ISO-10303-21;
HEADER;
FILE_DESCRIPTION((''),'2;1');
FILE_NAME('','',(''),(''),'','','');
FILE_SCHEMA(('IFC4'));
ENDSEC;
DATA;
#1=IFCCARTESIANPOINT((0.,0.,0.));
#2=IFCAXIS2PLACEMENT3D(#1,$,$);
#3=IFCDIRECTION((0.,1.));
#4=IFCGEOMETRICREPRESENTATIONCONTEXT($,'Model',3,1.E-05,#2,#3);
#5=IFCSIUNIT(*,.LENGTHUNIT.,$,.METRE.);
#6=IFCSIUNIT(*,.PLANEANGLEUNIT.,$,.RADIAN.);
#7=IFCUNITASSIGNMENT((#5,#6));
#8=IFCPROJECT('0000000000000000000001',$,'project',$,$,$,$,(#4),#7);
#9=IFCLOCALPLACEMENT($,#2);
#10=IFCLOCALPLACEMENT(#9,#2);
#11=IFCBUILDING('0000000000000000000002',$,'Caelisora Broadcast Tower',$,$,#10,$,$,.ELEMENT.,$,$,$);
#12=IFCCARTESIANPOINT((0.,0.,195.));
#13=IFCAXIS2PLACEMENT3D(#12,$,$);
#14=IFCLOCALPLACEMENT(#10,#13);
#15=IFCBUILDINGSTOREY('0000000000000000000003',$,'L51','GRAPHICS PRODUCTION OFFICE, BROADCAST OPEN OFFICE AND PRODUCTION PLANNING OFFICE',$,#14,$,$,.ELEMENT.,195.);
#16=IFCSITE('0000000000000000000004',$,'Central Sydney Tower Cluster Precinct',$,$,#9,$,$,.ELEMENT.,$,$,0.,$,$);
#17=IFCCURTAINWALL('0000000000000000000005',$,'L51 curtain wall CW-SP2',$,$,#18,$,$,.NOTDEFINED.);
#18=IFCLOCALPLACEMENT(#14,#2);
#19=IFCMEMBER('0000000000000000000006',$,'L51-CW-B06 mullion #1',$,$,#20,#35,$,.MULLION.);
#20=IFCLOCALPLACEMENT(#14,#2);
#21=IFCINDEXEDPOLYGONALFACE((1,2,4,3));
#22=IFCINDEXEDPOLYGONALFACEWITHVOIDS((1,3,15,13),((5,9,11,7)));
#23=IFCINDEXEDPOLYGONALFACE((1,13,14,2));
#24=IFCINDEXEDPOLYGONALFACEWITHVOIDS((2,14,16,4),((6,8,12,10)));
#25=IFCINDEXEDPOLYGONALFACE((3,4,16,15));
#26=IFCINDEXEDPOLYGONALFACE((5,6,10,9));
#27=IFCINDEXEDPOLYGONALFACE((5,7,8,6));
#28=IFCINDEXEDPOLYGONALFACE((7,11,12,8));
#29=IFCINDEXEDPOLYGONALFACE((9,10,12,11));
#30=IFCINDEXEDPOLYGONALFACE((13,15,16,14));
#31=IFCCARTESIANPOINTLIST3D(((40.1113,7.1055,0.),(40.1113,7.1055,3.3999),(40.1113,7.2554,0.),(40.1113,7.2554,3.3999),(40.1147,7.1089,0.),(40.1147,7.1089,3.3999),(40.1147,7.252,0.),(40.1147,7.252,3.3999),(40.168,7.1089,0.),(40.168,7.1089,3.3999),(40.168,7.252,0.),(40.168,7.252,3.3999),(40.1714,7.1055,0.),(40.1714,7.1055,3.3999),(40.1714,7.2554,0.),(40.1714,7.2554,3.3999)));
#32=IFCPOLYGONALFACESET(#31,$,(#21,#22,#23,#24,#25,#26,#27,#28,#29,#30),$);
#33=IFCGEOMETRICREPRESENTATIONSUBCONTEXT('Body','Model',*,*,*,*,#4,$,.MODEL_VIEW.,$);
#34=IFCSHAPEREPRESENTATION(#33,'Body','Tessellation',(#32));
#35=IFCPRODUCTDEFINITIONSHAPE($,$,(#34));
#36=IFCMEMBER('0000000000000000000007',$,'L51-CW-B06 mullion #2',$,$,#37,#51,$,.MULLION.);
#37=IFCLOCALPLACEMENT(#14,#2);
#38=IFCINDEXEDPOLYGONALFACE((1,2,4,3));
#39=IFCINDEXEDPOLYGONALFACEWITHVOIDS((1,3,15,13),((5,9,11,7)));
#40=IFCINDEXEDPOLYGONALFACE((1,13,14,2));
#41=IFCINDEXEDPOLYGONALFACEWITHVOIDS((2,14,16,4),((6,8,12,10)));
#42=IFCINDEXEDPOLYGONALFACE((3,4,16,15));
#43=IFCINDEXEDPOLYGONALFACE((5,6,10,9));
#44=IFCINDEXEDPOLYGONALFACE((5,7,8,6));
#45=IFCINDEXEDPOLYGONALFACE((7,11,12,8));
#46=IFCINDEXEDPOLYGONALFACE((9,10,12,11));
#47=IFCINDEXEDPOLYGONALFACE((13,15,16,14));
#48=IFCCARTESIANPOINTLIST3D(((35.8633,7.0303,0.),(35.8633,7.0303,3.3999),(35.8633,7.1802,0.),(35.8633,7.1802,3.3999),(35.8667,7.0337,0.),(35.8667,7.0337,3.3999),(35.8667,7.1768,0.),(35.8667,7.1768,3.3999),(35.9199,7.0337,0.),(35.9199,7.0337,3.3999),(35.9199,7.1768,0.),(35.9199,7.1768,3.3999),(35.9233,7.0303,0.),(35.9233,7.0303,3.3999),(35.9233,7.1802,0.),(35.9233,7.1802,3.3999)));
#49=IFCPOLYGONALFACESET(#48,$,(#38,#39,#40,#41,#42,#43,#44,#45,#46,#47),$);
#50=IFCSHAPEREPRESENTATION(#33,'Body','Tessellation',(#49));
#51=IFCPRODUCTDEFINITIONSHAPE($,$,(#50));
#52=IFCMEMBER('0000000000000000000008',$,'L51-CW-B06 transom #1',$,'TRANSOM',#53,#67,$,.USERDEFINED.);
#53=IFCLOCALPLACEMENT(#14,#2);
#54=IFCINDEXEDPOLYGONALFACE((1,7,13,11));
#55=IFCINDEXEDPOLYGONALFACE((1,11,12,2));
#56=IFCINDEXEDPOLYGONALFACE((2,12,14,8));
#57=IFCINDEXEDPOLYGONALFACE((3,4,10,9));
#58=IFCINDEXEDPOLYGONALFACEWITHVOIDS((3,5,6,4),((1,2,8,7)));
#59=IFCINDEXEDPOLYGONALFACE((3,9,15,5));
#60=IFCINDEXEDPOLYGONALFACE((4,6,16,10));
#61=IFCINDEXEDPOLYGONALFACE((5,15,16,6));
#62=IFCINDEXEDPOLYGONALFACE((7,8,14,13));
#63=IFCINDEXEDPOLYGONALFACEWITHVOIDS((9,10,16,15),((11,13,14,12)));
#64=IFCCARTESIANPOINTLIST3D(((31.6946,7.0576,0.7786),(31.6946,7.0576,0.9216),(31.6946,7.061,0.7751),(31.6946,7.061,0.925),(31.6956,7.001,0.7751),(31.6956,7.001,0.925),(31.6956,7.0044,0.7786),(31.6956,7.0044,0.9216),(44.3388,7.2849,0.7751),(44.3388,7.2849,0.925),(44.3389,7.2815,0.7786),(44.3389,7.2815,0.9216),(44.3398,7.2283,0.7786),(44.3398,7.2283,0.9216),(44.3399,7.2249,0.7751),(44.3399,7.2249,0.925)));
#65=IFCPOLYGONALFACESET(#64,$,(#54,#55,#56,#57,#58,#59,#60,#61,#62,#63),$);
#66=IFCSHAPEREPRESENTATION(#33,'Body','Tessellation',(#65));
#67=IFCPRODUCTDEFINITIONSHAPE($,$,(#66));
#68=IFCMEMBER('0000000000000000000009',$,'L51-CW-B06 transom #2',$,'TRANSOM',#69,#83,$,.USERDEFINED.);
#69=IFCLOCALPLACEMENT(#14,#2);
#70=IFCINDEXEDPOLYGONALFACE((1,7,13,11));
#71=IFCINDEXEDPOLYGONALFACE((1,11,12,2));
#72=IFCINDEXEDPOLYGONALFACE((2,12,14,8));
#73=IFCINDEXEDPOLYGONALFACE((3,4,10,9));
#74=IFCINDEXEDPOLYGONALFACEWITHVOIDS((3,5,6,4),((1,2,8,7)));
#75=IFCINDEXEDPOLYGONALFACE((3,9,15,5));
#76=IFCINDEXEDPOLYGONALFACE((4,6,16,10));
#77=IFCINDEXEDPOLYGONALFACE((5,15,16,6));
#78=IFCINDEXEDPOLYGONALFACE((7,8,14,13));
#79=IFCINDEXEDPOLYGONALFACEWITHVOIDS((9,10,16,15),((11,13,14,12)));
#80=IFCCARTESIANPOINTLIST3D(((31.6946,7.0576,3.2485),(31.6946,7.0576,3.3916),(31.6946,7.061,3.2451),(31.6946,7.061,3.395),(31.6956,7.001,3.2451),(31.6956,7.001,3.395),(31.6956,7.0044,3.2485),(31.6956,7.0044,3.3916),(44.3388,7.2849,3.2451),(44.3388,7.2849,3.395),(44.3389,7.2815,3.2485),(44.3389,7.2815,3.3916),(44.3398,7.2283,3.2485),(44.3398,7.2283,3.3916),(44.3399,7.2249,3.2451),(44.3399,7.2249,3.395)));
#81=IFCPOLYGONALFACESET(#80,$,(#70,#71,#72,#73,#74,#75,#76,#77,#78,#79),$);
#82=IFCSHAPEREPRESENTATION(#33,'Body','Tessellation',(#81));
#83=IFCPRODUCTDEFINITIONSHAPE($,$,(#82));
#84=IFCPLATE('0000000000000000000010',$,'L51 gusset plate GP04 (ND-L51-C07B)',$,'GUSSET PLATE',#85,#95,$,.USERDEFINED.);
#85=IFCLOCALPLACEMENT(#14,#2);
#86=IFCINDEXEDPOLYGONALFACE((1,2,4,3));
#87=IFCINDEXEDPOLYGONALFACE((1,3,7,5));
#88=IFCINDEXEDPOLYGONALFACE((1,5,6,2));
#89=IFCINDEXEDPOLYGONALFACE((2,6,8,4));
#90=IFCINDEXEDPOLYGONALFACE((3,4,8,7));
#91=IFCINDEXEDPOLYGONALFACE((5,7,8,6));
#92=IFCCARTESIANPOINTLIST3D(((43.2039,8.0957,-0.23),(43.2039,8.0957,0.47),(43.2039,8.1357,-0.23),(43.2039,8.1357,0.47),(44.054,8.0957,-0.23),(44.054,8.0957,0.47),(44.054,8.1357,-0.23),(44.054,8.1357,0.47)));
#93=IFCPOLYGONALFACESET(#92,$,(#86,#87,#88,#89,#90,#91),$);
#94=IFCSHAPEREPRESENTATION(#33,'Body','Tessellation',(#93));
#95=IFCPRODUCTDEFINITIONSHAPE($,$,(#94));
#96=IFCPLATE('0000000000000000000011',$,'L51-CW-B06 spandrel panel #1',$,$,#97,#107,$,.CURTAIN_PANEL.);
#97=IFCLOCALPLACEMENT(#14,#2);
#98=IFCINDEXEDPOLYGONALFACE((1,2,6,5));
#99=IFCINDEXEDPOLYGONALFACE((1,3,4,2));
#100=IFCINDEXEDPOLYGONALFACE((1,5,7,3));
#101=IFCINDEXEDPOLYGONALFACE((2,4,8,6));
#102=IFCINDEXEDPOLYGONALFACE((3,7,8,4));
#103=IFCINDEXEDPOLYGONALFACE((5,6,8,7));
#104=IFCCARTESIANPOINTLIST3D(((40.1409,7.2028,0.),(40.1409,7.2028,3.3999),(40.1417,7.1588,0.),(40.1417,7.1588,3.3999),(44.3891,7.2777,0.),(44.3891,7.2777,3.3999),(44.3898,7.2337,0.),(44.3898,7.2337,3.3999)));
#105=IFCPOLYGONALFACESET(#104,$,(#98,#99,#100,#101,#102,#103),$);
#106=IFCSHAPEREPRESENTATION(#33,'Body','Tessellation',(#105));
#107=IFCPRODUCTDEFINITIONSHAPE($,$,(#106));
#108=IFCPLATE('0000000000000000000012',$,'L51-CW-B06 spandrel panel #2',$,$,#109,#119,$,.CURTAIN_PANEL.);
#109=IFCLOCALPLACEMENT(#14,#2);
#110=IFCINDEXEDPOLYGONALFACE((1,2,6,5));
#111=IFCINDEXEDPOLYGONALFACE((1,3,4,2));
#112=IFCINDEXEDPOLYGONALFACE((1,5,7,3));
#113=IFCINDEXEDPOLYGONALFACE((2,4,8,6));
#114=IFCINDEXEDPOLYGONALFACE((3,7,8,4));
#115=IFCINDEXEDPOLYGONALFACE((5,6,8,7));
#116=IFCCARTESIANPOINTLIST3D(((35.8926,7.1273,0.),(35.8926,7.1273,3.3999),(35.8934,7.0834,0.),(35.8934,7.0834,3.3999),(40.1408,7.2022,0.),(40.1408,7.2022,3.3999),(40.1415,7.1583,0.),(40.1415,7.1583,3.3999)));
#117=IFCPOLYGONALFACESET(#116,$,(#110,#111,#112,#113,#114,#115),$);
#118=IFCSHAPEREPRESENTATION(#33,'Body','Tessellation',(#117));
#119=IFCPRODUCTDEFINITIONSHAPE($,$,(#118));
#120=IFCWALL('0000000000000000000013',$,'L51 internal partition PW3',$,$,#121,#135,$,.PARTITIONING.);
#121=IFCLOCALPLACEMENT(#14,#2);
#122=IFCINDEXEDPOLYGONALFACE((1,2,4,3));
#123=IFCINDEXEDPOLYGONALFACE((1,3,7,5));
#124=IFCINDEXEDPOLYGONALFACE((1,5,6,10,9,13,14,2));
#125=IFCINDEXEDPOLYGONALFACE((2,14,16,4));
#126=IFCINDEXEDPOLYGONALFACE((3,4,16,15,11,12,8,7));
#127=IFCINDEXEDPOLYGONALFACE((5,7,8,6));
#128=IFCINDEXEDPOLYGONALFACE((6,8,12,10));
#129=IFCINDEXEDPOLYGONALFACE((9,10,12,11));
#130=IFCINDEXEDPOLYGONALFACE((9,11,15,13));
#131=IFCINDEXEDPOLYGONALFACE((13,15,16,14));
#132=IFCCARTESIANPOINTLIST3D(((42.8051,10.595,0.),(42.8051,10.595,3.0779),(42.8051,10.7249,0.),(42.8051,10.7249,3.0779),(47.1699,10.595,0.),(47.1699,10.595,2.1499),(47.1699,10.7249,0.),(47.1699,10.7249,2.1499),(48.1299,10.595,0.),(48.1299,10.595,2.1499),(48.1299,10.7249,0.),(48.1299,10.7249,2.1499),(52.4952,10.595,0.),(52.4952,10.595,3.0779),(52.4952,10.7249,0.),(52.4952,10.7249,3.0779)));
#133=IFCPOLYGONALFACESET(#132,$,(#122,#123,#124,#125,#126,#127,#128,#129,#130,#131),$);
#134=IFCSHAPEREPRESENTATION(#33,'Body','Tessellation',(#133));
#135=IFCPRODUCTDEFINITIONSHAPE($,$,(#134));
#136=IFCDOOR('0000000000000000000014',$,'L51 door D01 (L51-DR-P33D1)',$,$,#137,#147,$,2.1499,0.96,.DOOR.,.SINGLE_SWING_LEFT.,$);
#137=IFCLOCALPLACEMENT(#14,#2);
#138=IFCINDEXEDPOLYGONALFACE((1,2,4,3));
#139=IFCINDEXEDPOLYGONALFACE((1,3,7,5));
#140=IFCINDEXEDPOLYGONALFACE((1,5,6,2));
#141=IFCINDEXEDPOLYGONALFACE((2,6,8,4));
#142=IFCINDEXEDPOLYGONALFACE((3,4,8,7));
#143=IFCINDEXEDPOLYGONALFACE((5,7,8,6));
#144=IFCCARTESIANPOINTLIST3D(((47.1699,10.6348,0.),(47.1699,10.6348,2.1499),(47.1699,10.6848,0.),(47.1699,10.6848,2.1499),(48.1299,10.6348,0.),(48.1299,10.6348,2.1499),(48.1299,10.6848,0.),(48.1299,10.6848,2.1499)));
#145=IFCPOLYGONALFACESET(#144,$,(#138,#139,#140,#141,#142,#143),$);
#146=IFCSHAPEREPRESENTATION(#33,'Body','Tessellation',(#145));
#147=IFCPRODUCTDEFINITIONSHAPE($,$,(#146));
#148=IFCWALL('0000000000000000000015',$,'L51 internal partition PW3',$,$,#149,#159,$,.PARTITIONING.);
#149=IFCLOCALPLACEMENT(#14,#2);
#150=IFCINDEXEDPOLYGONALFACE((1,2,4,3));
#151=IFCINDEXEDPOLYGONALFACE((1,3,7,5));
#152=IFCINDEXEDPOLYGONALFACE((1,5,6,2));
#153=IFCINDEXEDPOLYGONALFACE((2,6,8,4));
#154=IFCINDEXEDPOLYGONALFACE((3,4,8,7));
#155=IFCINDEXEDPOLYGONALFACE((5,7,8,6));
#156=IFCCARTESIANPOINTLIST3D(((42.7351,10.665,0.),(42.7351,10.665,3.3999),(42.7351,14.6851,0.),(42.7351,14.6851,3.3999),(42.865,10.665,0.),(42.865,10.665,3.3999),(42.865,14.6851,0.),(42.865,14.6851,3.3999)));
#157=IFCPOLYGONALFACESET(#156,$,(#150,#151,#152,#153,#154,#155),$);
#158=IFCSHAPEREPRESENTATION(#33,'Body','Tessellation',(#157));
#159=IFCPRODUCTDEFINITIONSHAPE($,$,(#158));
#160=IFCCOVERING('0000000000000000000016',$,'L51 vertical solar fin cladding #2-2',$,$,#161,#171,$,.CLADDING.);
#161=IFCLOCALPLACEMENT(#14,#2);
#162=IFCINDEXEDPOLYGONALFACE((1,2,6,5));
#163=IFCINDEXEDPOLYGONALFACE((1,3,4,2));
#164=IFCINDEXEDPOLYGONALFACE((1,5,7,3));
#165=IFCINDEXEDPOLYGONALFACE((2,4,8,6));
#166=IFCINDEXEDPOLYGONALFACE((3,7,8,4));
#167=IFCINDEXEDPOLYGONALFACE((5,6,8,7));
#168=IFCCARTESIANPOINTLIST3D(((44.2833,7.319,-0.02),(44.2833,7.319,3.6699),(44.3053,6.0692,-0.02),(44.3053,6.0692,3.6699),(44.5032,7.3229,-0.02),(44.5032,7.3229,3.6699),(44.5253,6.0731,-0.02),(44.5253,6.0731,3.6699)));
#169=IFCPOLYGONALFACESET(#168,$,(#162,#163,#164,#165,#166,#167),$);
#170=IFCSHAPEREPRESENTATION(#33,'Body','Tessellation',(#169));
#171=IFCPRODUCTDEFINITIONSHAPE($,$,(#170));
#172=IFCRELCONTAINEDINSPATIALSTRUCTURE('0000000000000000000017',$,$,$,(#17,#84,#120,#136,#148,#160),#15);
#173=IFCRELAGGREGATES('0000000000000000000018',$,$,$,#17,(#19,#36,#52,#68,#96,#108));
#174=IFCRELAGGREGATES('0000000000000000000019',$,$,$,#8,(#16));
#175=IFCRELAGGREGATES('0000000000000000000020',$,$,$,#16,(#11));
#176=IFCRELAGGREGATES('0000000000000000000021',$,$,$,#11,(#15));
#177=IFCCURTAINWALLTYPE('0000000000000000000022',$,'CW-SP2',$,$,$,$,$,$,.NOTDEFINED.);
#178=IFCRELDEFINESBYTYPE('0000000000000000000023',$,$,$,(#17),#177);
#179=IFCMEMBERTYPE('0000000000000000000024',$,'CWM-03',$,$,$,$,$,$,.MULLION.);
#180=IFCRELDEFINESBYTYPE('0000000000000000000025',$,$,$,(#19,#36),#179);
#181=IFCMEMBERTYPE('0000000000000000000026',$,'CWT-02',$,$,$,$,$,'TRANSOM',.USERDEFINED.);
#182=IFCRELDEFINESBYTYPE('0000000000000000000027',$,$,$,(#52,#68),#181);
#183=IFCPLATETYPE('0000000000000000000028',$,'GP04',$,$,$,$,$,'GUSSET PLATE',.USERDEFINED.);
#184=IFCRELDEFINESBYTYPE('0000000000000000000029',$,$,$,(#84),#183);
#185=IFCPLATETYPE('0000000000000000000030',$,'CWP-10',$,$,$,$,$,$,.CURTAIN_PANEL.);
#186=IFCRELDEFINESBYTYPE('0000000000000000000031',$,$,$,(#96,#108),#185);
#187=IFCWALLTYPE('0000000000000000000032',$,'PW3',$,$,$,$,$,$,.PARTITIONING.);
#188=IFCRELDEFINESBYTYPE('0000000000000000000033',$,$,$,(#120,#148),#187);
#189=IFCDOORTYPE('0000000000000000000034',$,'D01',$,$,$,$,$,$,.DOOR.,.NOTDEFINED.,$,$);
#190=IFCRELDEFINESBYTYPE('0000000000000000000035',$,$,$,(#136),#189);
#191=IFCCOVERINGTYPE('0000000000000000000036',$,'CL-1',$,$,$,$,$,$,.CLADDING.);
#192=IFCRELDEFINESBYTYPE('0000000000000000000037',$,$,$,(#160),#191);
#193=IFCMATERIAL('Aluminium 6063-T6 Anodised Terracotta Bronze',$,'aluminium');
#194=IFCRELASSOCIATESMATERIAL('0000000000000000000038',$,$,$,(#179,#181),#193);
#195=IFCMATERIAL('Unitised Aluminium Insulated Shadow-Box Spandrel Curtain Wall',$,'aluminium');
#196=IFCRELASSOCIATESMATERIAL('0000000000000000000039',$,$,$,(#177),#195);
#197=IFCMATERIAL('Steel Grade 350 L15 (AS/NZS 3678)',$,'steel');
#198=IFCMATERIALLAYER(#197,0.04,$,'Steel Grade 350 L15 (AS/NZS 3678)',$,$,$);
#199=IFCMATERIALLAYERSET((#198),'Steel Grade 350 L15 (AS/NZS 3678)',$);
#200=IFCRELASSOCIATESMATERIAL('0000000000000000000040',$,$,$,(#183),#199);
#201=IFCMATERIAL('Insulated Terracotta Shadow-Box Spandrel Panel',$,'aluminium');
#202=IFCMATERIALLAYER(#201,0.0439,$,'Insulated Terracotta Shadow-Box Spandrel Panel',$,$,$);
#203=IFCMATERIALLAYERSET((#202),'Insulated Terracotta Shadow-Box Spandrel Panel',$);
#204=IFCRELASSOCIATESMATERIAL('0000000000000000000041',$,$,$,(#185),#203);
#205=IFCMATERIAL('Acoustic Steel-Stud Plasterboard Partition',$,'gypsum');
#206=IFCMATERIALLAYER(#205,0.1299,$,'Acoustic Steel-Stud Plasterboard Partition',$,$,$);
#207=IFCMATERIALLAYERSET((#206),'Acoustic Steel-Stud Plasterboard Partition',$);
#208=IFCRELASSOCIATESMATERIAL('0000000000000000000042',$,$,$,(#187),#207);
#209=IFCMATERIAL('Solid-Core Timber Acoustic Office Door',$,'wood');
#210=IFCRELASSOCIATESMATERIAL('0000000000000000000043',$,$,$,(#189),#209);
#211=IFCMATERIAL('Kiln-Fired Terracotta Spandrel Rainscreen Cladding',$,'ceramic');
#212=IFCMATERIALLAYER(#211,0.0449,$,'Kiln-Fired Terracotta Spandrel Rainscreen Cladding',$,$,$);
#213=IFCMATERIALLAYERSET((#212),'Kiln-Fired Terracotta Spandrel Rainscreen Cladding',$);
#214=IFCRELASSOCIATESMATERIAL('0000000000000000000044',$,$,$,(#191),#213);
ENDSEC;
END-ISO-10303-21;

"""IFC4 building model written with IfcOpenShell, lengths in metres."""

from ifc_helpers import new_model, si_unit, direction, frame, frame_2d, origin, origin_2d, place, context, subcontext, project, spatial, rectangle, hollow_rectangle, extrude, source, transform, mapped, material, layer, layer_set, material_profile, profile_set, type_object, type_shapes, element, fill, aggregate, save


model = new_model("IFC4")

# Units and contexts
model_context = context("Model", 3, precision=1e-05, world=origin(), true_north=direction((0.0, 1.0)))
body_context = subcontext(model_context, "Body", "Model", "MODEL_VIEW")
ifc_project = project(units=[si_unit("LENGTHUNIT", "METRE"), si_unit("PLANEANGLEUNIT", "RADIAN")], contexts=[model_context])

# Site, building, storey
site_placement = place(None, origin())
site = spatial("IfcSite", under=ifc_project, at=site_placement, Name="Central Sydney Tower Cluster Precinct", CompositionType="ELEMENT", RefElevation=0.0)
building_placement = place(site_placement, origin())
building = spatial("IfcBuilding", under=site, at=building_placement, Name="Caelisora Broadcast Tower", CompositionType="ELEMENT")
storey_placement = place(building_placement, frame((0.0, 0.0, 195.0)))
storey = spatial("IfcBuildingStorey", under=building, at=storey_placement, Name="L51", Description="GRAPHICS PRODUCTION OFFICE, BROADCAST OPEN OFFICE AND PRODUCTION PLANNING OFFICE", CompositionType="ELEMENT", Elevation=195.0)

# Shared definitions
ifc_material_1 = material(Name="Steel Grade 350 L15 (AS/NZS 3678)", Category="steel")

# Shared definitions
ifc_material_2 = material(Name="Aluminium 6063-T6 Anodised Terracotta Bronze", Category="aluminium")
ifc_material_profile_1 = material_profile(ifc_material_2, hollow_rectangle(XDim=0.0601, YDim=0.1499, WallThickness=0.0034, at=origin_2d()), Name="Aluminium 6063-T6 Anodised Terracotta Bronze")
ifc_profile_set_1 = profile_set([ifc_material_profile_1], Name="Aluminium 6063-T6 Anodised Terracotta Bronze")
member_type_1 = type_object("IfcMemberType", Name="CWM-03", PredefinedType="MULLION", material=ifc_profile_set_1)
shared_shape_1 = source(origin(), body_context, "Body", "SweptSolid", [
    extrude(hollow_rectangle(XDim=0.0601, YDim=0.1499, WallThickness=0.0034, at=origin_2d()), origin(), (0.0, 0.0, 1.0), 3.3999),
])
type_shapes(member_type_1, [shared_shape_1])

# Curtain wall, members
ifc_material_3 = material(Name="Unitised Aluminium Insulated Shadow-Box Spandrel Curtain Wall", Category="aluminium")
curtain_wall_type_1 = type_object("IfcCurtainWallType", Name="CW-SP2", PredefinedType="NOTDEFINED", material=ifc_material_3)
curtain_wall_1_placement = place(storey_placement, origin())
curtain_wall_1 = element("IfcCurtainWall", 1, at=curtain_wall_1_placement, inside=storey, type_object=curtain_wall_type_1, Name="L51 curtain wall CW-SP2", PredefinedType="NOTDEFINED")
member_1_placement = place(storey_placement, frame((40.1414, 7.1804, 0.0), z_axis=(0.0, 0.0, 1.0), x_axis=(1.0, 0.0, 0.0)))
member_1 = element("IfcMember", 2, at=member_1_placement, type_object=member_type_1, Name="L51-CW-B06 mullion #1", PredefinedType="MULLION", context=body_context, shape_type="MappedRepresentation", body=[
    mapped(shared_shape_1, transform((0.0, 0.0, 0.0), scale=1.0)),
])
member_2_placement = place(storey_placement, frame((35.8933, 7.1052, 0.0), z_axis=(0.0, 0.0, 1.0), x_axis=(1.0, 0.0, 0.0)))
member_2 = element("IfcMember", 3, at=member_2_placement, type_object=member_type_1, Name="L51-CW-B06 mullion #2", PredefinedType="MULLION", context=body_context, shape_type="MappedRepresentation", body=[
    mapped(shared_shape_1, transform((0.0, 0.0, 0.0), scale=1.0)),
])
ifc_material_profile_2 = material_profile(ifc_material_2, hollow_rectangle(XDim=0.0601, YDim=0.1499, WallThickness=0.0034, at=origin_2d()), Name="Aluminium 6063-T6 Anodised Terracotta Bronze")
ifc_profile_set_2 = profile_set([ifc_material_profile_2], Name="Aluminium 6063-T6 Anodised Terracotta Bronze")
member_type_2 = type_object("IfcMemberType", Name="CWT-02", ElementType="TRANSOM", PredefinedType="USERDEFINED", material=ifc_profile_set_2)
shared_shape_2 = source(origin(), body_context, "Body", "SweptSolid", [
    extrude(hollow_rectangle(XDim=0.0601, YDim=0.1499, WallThickness=0.0034, at=origin_2d()), origin(), (0.0, 0.0, 1.0), 12.6462),
])
type_shapes(member_type_2, [shared_shape_2])
member_3_placement = place(storey_placement, frame((44.3394, 7.2549, 0.8501), z_axis=(-0.999843, -0.017703, 0.0), x_axis=(0.017703, -0.999843, 0.0)))
member_3 = element("IfcMember", 4, at=member_3_placement, type_object=member_type_2, Name="L51-CW-B06 transom #1", ObjectType="TRANSOM", PredefinedType="USERDEFINED", context=body_context, shape_type="MappedRepresentation", body=[
    mapped(shared_shape_2, transform((0.0, 0.0, 0.0), scale=1.0)),
])
member_4_placement = place(storey_placement, frame((44.3394, 7.2549, 3.3201), z_axis=(-0.999843, -0.017703, 0.0), x_axis=(0.017703, -0.999843, 0.0)))
member_4 = element("IfcMember", 5, at=member_4_placement, type_object=member_type_2, Name="L51-CW-B06 transom #2", ObjectType="TRANSOM", PredefinedType="USERDEFINED", context=body_context, shape_type="MappedRepresentation", body=[
    mapped(shared_shape_2, transform((0.0, 0.0, 0.0), scale=1.0)),
])

# Plates
ifc_layer_1 = layer(ifc_material_1, 0.04, Name="Steel Grade 350 L15 (AS/NZS 3678)")
ifc_layer_set_1 = layer_set([ifc_layer_1], Name="Steel Grade 350 L15 (AS/NZS 3678)")
plate_type_1 = type_object("IfcPlateType", Name="GP04", ElementType="GUSSET PLATE", PredefinedType="USERDEFINED", material=ifc_layer_set_1)
shared_shape_3 = source(origin(), body_context, "Body", "SweptSolid", [
    extrude(rectangle(XDim=0.8501, YDim=0.04, at=origin_2d()), origin(), (0.0, 0.0, 1.0), 0.7),
])
type_shapes(plate_type_1, [shared_shape_3])
plate_1_placement = place(storey_placement, frame((43.6289, 8.1157, -0.23), z_axis=(0.0, 0.0, 1.0), x_axis=(1.0, 0.0, 0.0)))
element("IfcPlate", 6, at=plate_1_placement, inside=storey, type_object=plate_type_1, Name="L51 gusset plate GP04 (ND-L51-C07B)", ObjectType="GUSSET PLATE", PredefinedType="USERDEFINED", context=body_context, shape_type="MappedRepresentation", body=[
    mapped(shared_shape_3, transform((0.0, 0.0, 0.0), scale=1.0)),
])
ifc_material_4 = material(Name="Insulated Terracotta Shadow-Box Spandrel Panel", Category="aluminium")
ifc_layer_2 = layer(ifc_material_4, 0.0439, Name="Insulated Terracotta Shadow-Box Spandrel Panel")
ifc_layer_set_2 = layer_set([ifc_layer_2], Name="Insulated Terracotta Shadow-Box Spandrel Panel")
plate_type_2 = type_object("IfcPlateType", Name="CWP-10", PredefinedType="CURTAIN_PANEL", material=ifc_layer_set_2)
shared_shape_4 = source(origin(), body_context, "Body", "SweptSolid", [
    extrude(rectangle(XDim=4.2488, YDim=0.0439, at=origin_2d()), origin(), (0.0, 0.0, 1.0), 3.3999),
])
type_shapes(plate_type_2, [shared_shape_4])
plate_2_placement = place(storey_placement, frame((42.2654, 7.2183, 0.0), z_axis=(0.0, 0.0, 1.0), x_axis=(-0.999845, -0.017627, 0.0)))
plate_2 = element("IfcPlate", 7, at=plate_2_placement, type_object=plate_type_2, Name="L51-CW-B06 spandrel panel #1", PredefinedType="CURTAIN_PANEL", context=body_context, shape_type="MappedRepresentation", body=[
    mapped(shared_shape_4, transform((0.0, 0.0, 0.0), scale=1.0)),
])
plate_3_placement = place(storey_placement, frame((38.0171, 7.1428, 0.0), z_axis=(0.0, 0.0, 1.0), x_axis=(-0.999845, -0.017627, 0.0)))
plate_3 = element("IfcPlate", 8, at=plate_3_placement, type_object=plate_type_2, Name="L51-CW-B06 spandrel panel #2", PredefinedType="CURTAIN_PANEL", context=body_context, shape_type="MappedRepresentation", body=[
    mapped(shared_shape_4, transform((0.0, 0.0, 0.0), scale=1.0)),
])
aggregate(curtain_wall_1, [member_1, member_2, member_3, member_4, plate_2, plate_3])

# Wall, opening, door
ifc_material_5 = material(Name="Acoustic Steel-Stud Plasterboard Partition", Category="gypsum")
ifc_layer_3 = layer(ifc_material_5, 0.1299, Name="Acoustic Steel-Stud Plasterboard Partition")
ifc_layer_set_3 = layer_set([ifc_layer_3], Name="Acoustic Steel-Stud Plasterboard Partition")
wall_type = type_object("IfcWallType", Name="PW3", PredefinedType="PARTITIONING", material=ifc_layer_set_3)
wall_1_placement = place(storey_placement, frame((42.8049, 10.6599, 0.0), z_axis=(0.0, 0.0, 1.0), x_axis=(1.0, 0.0, 0.0)))
wall_1 = element("IfcWall", 9, at=wall_1_placement, inside=storey, type_object=wall_type, Name="L51 internal partition PW3", PredefinedType="PARTITIONING", context=body_context, shape_type="SweptSolid", body=[
    extrude(rectangle(XDim=9.6902, YDim=0.1299, at=frame_2d((4.8452, 0.0))), origin(), (0.0, 0.0, 1.0), 3.0779),
])
opening_1_placement = place(wall_1_placement, frame((4.365, 0.0, 0.0)))
opening_1 = element("IfcOpeningElement", 10, at=opening_1_placement, cuts=wall_1, PredefinedType="OPENING", context=body_context, shape_type="SweptSolid", body=[
    extrude(rectangle(XDim=0.96, YDim=2.1499, at=frame_2d((0.48, 1.075))), frame((0.0, 0.0769, 0.0), z_axis=(0.0, -1.0, 0.0), x_axis=(1.0, 0.0, 0.0)), (0.0, 0.0, 1.0), 0.1538),
])
ifc_material_6 = material(Name="Solid-Core Timber Acoustic Office Door", Category="wood")
door_type = type_object("IfcDoorType", Name="D01", OperationType="NOTDEFINED", PredefinedType="DOOR", material=ifc_material_6)
door_1_placement = place(opening_1_placement, origin())
door_1 = element("IfcDoor", 11, at=door_1_placement, inside=storey, type_object=door_type, Name="L51 door D01 (L51-DR-P33D1)", OperationType="SINGLE_SWING_LEFT", OverallHeight=2.1499, OverallWidth=0.96, PredefinedType="DOOR", context=body_context, shape_type="SweptSolid", body=[
    extrude(rectangle(XDim=0.96, YDim=2.1499, at=frame_2d((0.48, 1.075))), frame((0.0, 0.0249, 0.0), z_axis=(0.0, -1.0, 0.0), x_axis=(1.0, 0.0, 0.0)), (0.0, 0.0, 1.0), 0.05),
])
fill(opening_1, door_1)

# Wall
wall_2_placement = place(storey_placement, frame((42.8, 10.665, 0.0), z_axis=(0.0, 0.0, 1.0), x_axis=(0.0, 1.0, 0.0)))
element("IfcWall", 12, at=wall_2_placement, inside=storey, type_object=wall_type, Name="L51 internal partition PW3", PredefinedType="PARTITIONING", context=body_context, shape_type="SweptSolid", body=[
    extrude(rectangle(XDim=4.02, YDim=0.1299, at=frame_2d((2.01, 0.0))), origin(), (0.0, 0.0, 1.0), 3.3999),
])

# Covering
ifc_material_7 = material(Name="Kiln-Fired Terracotta Spandrel Rainscreen Cladding", Category="ceramic")
ifc_layer_4 = layer(ifc_material_7, 0.0449, Name="Kiln-Fired Terracotta Spandrel Rainscreen Cladding")
ifc_layer_set_4 = layer_set([ifc_layer_4], Name="Kiln-Fired Terracotta Spandrel Rainscreen Cladding")
covering_type = type_object("IfcCoveringType", Name="CL-1", PredefinedType="CLADDING", material=ifc_layer_set_4)
shared_shape_5 = source(origin(), body_context, "Body", "SweptSolid", [
    extrude(rectangle(XDim=0.22, YDim=1.25, at=origin_2d()), origin(), (0.0, 0.0, 1.0), 3.6899),
])
type_shapes(covering_type, [shared_shape_5])
covering_placement = place(storey_placement, frame((44.4043, 6.696, -0.02), z_axis=(0.0, 0.0, 1.0), x_axis=(-0.999845, -0.017627, 0.0)))
element("IfcCovering", 13, at=covering_placement, inside=storey, type_object=covering_type, Name="L51 vertical solar fin cladding #2-2", PredefinedType="CLADDING", context=body_context, shape_type="MappedRepresentation", body=[
    mapped(shared_shape_5, transform((0.0, 0.0, 0.0), scale=1.0)),
])

save(model, "model.ifc")
